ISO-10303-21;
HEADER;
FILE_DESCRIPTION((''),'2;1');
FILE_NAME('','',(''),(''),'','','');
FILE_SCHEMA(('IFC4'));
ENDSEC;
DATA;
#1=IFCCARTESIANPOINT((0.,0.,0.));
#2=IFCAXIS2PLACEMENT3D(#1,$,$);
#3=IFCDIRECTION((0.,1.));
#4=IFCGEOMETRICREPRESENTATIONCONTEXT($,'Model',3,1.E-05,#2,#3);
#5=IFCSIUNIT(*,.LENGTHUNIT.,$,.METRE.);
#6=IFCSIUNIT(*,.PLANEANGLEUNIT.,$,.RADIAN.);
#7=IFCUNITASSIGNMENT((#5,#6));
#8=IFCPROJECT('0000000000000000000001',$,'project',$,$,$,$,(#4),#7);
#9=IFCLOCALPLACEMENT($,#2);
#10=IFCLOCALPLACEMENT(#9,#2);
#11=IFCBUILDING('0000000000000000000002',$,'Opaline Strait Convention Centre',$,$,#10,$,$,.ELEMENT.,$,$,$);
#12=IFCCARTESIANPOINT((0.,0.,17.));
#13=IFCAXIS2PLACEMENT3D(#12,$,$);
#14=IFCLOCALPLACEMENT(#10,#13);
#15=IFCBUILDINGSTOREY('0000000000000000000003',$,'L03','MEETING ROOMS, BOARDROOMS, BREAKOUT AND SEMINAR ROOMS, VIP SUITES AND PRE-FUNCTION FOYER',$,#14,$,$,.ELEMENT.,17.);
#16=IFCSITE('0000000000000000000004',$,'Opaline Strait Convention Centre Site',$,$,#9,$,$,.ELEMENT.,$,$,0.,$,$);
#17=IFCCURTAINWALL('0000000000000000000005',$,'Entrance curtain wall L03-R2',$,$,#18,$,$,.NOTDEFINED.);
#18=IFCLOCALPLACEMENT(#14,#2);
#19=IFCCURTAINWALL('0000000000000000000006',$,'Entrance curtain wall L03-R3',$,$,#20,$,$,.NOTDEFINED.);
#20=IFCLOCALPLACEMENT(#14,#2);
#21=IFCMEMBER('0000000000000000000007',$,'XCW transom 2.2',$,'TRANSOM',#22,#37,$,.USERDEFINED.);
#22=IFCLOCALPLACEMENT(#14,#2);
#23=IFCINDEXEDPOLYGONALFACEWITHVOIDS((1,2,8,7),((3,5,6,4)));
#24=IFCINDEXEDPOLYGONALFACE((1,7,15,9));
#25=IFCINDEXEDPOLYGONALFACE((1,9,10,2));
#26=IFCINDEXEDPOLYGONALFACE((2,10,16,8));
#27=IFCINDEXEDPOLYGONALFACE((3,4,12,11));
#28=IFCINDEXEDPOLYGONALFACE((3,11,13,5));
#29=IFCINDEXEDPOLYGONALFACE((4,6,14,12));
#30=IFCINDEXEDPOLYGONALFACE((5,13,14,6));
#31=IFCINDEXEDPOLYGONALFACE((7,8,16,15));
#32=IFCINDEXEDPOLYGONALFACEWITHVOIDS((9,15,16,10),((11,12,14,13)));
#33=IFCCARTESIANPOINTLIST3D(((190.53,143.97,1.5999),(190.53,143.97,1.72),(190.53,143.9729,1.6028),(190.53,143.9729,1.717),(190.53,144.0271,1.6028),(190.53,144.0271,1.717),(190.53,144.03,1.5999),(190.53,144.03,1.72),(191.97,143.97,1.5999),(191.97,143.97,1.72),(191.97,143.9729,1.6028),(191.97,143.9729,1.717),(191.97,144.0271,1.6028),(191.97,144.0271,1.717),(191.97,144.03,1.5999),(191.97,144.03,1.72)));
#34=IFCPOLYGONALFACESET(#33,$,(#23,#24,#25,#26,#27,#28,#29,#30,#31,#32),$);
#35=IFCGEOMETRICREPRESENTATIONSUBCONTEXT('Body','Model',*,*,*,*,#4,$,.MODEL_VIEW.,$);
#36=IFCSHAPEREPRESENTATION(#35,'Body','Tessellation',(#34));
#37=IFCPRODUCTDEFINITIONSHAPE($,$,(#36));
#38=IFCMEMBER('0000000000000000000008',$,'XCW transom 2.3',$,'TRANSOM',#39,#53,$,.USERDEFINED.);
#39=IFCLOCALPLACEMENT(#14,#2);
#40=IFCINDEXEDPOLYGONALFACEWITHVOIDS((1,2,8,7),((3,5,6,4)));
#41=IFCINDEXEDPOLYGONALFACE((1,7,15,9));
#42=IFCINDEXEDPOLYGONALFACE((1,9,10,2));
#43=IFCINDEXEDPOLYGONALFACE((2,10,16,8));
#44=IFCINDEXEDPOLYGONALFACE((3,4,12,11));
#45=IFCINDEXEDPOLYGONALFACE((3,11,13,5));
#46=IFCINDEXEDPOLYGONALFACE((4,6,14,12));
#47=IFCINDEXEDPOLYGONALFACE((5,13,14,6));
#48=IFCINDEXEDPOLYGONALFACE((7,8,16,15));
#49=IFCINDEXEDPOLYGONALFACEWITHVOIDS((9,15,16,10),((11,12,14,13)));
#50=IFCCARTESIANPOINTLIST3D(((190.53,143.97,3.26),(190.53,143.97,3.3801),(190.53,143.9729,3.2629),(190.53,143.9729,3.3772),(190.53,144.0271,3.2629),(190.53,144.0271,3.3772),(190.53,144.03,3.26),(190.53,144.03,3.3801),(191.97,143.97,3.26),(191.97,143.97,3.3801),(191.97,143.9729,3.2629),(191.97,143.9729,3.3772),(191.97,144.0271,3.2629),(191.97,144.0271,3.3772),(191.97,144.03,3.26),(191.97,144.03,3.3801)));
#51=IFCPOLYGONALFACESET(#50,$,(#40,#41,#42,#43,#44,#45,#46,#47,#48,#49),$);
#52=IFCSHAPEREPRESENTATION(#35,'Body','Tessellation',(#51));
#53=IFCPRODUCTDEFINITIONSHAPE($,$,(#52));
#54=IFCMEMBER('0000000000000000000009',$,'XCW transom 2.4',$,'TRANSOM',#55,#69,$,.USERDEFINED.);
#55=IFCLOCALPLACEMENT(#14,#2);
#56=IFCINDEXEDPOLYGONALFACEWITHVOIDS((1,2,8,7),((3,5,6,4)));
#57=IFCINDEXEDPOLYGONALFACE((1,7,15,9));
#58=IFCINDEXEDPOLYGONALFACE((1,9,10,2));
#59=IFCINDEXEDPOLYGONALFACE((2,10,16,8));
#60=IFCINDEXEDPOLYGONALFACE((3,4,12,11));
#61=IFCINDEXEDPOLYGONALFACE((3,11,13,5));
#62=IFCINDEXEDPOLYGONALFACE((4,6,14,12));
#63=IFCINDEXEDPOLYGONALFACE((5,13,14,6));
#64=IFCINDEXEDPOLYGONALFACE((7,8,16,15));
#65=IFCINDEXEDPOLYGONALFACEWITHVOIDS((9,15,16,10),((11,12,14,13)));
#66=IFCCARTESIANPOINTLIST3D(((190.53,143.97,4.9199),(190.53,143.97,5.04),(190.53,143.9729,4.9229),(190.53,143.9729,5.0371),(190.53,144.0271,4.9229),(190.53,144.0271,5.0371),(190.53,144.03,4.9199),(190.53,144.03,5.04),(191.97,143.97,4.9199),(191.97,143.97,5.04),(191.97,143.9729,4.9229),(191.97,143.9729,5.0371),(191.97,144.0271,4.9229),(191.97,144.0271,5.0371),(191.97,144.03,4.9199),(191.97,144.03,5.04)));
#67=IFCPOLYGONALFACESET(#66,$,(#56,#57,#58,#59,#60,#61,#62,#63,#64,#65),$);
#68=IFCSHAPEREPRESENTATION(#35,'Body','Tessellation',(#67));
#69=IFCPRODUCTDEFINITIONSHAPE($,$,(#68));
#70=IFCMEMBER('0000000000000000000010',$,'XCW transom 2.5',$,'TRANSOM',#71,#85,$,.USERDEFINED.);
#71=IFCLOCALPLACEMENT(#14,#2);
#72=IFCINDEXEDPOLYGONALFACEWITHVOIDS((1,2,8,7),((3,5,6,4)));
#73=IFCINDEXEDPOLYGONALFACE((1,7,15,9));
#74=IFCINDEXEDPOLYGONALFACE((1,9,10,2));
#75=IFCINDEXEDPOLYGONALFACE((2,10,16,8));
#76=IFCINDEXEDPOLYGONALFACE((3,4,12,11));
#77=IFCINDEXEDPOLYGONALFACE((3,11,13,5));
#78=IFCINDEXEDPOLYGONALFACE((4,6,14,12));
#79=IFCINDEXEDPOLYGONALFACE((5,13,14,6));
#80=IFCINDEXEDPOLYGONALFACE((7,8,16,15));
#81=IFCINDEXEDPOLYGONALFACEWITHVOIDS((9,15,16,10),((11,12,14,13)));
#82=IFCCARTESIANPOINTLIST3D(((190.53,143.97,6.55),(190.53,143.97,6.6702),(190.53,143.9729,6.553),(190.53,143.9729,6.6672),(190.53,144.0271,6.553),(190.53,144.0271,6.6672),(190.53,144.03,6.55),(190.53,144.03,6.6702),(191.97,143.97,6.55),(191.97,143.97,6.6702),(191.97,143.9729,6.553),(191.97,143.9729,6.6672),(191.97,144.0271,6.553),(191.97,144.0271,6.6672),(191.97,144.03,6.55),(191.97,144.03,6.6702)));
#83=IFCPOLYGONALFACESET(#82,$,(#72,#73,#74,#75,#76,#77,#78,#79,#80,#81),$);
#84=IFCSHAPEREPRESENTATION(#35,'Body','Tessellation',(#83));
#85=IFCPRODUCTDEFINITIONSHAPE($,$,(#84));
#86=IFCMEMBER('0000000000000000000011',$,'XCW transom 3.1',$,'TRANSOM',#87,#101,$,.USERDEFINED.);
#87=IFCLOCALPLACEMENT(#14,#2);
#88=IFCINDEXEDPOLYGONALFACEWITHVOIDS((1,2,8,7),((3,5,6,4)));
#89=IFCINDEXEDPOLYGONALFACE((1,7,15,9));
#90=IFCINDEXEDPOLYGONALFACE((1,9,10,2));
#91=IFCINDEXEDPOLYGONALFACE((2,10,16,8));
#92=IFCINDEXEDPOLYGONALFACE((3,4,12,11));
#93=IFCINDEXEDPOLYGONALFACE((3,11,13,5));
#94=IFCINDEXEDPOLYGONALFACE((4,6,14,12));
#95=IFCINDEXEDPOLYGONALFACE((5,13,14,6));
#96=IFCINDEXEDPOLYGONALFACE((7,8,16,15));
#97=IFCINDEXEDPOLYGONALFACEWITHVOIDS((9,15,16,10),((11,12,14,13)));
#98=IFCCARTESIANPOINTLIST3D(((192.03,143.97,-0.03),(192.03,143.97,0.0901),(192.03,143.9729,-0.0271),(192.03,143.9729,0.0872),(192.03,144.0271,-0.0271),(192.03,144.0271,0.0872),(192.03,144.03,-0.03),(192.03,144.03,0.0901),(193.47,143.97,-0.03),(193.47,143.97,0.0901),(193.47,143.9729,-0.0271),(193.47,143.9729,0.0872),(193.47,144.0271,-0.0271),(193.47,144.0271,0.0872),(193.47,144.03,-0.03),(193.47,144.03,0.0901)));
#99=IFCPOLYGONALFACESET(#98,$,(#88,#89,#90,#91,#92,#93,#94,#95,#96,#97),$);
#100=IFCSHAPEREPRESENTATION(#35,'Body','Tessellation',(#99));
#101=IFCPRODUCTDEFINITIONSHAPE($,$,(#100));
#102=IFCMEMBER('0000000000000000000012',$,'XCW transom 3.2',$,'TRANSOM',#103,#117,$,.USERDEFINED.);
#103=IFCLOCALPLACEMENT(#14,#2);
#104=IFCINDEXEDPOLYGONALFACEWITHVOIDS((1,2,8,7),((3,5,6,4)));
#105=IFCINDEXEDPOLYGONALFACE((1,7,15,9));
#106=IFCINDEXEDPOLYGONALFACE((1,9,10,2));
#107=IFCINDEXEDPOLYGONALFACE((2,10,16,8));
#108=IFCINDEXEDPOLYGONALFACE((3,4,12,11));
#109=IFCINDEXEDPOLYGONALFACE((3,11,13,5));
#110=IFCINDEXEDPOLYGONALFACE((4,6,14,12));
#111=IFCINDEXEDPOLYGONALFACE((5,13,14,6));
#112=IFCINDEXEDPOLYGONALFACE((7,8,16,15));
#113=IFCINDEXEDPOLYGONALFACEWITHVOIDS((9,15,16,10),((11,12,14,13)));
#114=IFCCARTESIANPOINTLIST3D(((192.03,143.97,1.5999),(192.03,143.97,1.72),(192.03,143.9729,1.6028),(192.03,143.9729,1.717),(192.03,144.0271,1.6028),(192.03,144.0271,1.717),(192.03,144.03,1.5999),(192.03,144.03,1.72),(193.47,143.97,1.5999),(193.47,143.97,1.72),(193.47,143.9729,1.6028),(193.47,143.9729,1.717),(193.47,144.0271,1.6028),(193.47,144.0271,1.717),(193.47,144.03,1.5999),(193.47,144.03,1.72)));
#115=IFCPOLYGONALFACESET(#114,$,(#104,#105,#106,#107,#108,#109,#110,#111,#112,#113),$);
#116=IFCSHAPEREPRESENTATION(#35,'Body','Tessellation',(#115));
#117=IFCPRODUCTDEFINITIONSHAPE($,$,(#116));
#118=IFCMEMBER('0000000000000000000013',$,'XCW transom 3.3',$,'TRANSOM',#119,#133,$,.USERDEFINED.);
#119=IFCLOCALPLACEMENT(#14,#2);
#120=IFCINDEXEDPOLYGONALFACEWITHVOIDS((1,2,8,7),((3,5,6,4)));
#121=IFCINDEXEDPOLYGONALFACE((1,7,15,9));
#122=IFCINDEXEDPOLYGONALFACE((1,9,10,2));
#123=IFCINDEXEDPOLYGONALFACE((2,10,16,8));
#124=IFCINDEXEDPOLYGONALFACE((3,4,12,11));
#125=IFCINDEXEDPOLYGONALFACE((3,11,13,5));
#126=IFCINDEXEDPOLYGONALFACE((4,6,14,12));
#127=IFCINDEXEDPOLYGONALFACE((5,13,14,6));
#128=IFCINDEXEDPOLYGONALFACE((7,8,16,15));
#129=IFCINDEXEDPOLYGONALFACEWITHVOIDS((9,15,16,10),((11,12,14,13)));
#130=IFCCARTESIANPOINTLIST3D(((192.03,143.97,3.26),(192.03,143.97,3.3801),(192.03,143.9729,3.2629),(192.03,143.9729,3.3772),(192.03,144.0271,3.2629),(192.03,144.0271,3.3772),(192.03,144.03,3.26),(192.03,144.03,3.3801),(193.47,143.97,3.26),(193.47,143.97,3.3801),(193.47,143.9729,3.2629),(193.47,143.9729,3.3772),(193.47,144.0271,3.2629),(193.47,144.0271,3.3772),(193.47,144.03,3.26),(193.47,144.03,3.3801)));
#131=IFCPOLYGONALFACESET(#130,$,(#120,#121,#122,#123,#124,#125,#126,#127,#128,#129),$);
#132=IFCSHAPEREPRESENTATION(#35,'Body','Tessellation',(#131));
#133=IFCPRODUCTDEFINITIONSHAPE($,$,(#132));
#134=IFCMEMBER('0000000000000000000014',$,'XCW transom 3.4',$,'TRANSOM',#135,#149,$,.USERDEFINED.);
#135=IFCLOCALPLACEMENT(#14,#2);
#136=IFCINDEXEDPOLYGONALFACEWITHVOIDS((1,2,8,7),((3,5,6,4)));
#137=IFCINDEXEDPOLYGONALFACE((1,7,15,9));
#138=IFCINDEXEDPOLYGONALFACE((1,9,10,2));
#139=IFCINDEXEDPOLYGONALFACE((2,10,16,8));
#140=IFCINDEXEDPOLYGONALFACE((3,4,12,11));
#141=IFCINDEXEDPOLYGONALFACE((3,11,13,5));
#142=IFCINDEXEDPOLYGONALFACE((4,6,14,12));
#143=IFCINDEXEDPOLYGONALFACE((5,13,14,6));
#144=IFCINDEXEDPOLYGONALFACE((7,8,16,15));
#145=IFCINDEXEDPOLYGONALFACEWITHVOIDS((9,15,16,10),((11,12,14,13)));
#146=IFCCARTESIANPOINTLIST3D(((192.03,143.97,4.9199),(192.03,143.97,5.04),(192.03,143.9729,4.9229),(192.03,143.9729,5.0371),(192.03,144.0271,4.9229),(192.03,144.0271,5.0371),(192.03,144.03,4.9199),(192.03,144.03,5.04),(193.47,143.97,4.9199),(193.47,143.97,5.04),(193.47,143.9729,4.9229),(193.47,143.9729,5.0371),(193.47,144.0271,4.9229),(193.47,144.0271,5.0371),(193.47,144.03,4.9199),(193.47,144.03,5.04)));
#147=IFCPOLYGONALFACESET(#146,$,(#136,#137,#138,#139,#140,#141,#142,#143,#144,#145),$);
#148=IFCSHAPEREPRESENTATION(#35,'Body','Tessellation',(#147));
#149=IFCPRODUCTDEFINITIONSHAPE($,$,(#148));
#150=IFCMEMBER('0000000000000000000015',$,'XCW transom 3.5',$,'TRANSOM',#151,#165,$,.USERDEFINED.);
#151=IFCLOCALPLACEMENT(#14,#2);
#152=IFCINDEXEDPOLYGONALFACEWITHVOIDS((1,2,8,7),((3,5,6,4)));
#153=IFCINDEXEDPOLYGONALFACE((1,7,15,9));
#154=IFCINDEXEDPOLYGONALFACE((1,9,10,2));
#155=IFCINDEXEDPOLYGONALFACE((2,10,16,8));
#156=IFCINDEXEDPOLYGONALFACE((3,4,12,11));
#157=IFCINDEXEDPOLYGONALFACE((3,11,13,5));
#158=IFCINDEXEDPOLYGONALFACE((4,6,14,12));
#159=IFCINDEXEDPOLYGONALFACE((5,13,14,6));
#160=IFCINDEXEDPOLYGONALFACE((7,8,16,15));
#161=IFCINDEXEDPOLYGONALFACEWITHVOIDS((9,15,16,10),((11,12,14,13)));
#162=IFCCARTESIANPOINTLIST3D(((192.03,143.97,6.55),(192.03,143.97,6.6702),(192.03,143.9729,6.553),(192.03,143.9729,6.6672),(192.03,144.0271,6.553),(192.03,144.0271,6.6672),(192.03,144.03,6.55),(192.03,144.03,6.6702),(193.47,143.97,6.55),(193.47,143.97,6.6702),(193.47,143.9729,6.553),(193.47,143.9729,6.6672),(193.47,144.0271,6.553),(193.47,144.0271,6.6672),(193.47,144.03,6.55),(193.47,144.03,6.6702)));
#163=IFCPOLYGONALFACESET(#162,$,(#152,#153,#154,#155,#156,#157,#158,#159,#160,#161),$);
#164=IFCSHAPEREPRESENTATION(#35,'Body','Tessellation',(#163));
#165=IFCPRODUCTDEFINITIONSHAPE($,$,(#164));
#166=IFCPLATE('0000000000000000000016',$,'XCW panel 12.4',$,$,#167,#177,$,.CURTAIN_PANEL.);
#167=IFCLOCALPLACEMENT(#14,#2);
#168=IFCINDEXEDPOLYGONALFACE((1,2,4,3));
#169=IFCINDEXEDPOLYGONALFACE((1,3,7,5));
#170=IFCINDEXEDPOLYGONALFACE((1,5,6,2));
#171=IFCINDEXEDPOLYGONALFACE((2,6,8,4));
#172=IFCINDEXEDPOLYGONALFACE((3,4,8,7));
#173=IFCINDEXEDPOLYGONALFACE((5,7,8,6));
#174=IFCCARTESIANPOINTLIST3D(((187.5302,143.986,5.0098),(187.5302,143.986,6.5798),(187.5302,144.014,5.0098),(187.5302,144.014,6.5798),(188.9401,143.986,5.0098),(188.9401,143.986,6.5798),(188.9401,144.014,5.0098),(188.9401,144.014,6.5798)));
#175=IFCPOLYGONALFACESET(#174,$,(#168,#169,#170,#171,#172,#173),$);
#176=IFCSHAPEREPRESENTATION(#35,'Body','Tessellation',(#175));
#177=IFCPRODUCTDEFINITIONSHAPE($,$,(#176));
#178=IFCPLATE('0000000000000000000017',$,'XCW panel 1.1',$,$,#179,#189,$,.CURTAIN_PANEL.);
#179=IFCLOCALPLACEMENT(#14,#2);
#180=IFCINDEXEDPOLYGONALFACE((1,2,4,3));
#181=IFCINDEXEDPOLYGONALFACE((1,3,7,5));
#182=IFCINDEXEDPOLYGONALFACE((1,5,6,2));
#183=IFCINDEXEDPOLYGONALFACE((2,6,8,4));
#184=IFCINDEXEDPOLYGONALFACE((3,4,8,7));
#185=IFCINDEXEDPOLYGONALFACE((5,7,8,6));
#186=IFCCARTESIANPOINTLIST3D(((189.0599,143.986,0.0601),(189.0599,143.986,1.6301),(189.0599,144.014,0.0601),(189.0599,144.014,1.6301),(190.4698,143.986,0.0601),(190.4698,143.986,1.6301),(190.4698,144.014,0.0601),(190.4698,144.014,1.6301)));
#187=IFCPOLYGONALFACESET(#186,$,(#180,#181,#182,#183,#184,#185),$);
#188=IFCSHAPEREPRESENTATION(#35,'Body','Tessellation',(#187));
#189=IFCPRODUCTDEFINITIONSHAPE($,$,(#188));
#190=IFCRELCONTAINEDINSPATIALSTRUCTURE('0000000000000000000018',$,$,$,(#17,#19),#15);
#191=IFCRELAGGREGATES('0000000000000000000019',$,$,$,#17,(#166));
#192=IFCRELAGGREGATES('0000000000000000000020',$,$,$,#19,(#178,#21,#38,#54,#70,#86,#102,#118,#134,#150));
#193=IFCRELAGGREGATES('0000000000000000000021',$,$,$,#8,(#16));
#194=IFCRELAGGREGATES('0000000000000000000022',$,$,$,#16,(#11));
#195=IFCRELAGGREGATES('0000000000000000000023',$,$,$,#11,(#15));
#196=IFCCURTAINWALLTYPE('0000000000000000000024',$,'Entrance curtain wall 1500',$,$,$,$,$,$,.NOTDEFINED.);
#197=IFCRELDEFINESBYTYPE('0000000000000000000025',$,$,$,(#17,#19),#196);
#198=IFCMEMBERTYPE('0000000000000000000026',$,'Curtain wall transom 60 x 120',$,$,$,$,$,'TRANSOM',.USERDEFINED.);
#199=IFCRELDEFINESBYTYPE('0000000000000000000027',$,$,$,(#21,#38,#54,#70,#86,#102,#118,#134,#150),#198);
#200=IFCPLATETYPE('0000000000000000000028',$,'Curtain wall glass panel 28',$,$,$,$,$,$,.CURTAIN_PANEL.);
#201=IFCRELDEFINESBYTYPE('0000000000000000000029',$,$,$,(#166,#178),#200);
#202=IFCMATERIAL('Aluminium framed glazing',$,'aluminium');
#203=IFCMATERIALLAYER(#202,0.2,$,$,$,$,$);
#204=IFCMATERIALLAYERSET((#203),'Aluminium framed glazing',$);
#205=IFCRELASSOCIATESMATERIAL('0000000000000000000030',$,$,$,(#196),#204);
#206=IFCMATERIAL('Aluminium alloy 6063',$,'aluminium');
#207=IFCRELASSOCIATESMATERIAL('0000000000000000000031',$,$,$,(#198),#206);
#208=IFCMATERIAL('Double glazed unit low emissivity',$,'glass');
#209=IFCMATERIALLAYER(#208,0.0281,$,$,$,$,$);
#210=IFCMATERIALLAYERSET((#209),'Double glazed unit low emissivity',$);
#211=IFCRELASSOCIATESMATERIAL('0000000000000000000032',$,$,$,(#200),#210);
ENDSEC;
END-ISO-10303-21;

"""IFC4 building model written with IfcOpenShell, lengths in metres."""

from ifc_helpers import new_model, si_unit, direction, frame, origin, origin_2d, place, context, subcontext, project, spatial, rectangle, hollow_rectangle, extrude, material, layer, layer_set, material_profile, profile_set, type_object, element, aggregate, save


model = new_model("IFC4")

# Units and contexts
model_context = context("Model", 3, precision=1e-05, world=origin(), true_north=direction((0.0, 1.0)))
body_context = subcontext(model_context, "Body", "Model", "MODEL_VIEW")
ifc_project = project(units=[si_unit("LENGTHUNIT", "METRE"), si_unit("PLANEANGLEUNIT", "RADIAN")], contexts=[model_context])

# Site, building, storey
site_placement = place(None, origin())
site = spatial("IfcSite", under=ifc_project, at=site_placement, Name="Opaline Strait Convention Centre Site", CompositionType="ELEMENT", RefElevation=0.0)
building_placement = place(site_placement, origin())
building = spatial("IfcBuilding", under=site, at=building_placement, Name="Opaline Strait Convention Centre", CompositionType="ELEMENT")
storey_placement = place(building_placement, frame((0.0, 0.0, 17.0)))
storey = spatial("IfcBuildingStorey", under=building, at=storey_placement, Name="L03", Description="MEETING ROOMS, BOARDROOMS, BREAKOUT AND SEMINAR ROOMS, VIP SUITES AND PRE-FUNCTION FOYER", CompositionType="ELEMENT", Elevation=17.0)

# Curtain wall
ifc_material_1 = material(Name="Aluminium framed glazing", Category="aluminium")
ifc_layer_1 = layer(ifc_material_1, 0.2)
ifc_layer_set_1 = layer_set([ifc_layer_1], Name="Aluminium framed glazing")
curtain_wall_type = type_object("IfcCurtainWallType", Name="Entrance curtain wall 1500", PredefinedType="NOTDEFINED", material=ifc_layer_set_1)
curtain_wall_1_placement = place(storey_placement, origin())
curtain_wall_1 = element("IfcCurtainWall", 1, at=curtain_wall_1_placement, inside=storey, type_object=curtain_wall_type, Name="Entrance curtain wall L03-R2", PredefinedType="NOTDEFINED")
ifc_material_2 = material(Name="Aluminium alloy 6063", Category="aluminium")

# Curtain wall, members
curtain_wall_2_placement = place(storey_placement, origin())
curtain_wall_2 = element("IfcCurtainWall", 2, at=curtain_wall_2_placement, inside=storey, type_object=curtain_wall_type, Name="Entrance curtain wall L03-R3", PredefinedType="NOTDEFINED")
ifc_material_profile_1 = material_profile(ifc_material_2, hollow_rectangle(XDim=0.0601, YDim=0.1201, WallThickness=0.0029, at=origin_2d()), Name="TRANSOM 60x120x3")
ifc_profile_set_1 = profile_set([ifc_material_profile_1], Name="Aluminium alloy 6063")
member_type_1 = type_object("IfcMemberType", Name="Curtain wall transom 60 x 120", ElementType="TRANSOM", PredefinedType="USERDEFINED", material=ifc_profile_set_1)
member_1_placement = place(storey_placement, frame((190.53, 144.0, 1.6599), z_axis=(1.0, 0.0, 0.0), x_axis=(0.0, 1.0, 0.0)))
member_1 = element("IfcMember", 3, at=member_1_placement, type_object=member_type_1, Name="XCW transom 2.2", ObjectType="TRANSOM", PredefinedType="USERDEFINED", context=body_context, shape_type="SweptSolid", body=[
    extrude(hollow_rectangle(XDim=0.0601, YDim=0.1201, WallThickness=0.0029, at=origin_2d()), origin(), (0.0, 0.0, 1.0), 1.4399),
])
member_2_placement = place(storey_placement, frame((190.53, 144.0, 3.3201), z_axis=(1.0, 0.0, 0.0), x_axis=(0.0, 1.0, 0.0)))
member_2 = element("IfcMember", 4, at=member_2_placement, type_object=member_type_1, Name="XCW transom 2.3", ObjectType="TRANSOM", PredefinedType="USERDEFINED", context=body_context, shape_type="SweptSolid", body=[
    extrude(hollow_rectangle(XDim=0.0601, YDim=0.1201, WallThickness=0.0029, at=origin_2d()), origin(), (0.0, 0.0, 1.0), 1.4399),
])
member_3_placement = place(storey_placement, frame((190.53, 144.0, 4.98), z_axis=(1.0, 0.0, 0.0), x_axis=(0.0, 1.0, 0.0)))
member_3 = element("IfcMember", 5, at=member_3_placement, type_object=member_type_1, Name="XCW transom 2.4", ObjectType="TRANSOM", PredefinedType="USERDEFINED", context=body_context, shape_type="SweptSolid", body=[
    extrude(hollow_rectangle(XDim=0.0601, YDim=0.1201, WallThickness=0.0029, at=origin_2d()), origin(), (0.0, 0.0, 1.0), 1.4399),
])
member_4_placement = place(storey_placement, frame((190.53, 144.0, 6.6101), z_axis=(1.0, 0.0, 0.0), x_axis=(0.0, 1.0, 0.0)))
member_4 = element("IfcMember", 6, at=member_4_placement, type_object=member_type_1, Name="XCW transom 2.5", ObjectType="TRANSOM", PredefinedType="USERDEFINED", context=body_context, shape_type="SweptSolid", body=[
    extrude(hollow_rectangle(XDim=0.0601, YDim=0.1201, WallThickness=0.0029, at=origin_2d()), origin(), (0.0, 0.0, 1.0), 1.4399),
])
member_5_placement = place(storey_placement, frame((192.03, 144.0, 0.03), z_axis=(1.0, 0.0, 0.0), x_axis=(0.0, 1.0, 0.0)))
member_5 = element("IfcMember", 7, at=member_5_placement, type_object=member_type_1, Name="XCW transom 3.1", ObjectType="TRANSOM", PredefinedType="USERDEFINED", context=body_context, shape_type="SweptSolid", body=[
    extrude(hollow_rectangle(XDim=0.0601, YDim=0.1201, WallThickness=0.0029, at=origin_2d()), origin(), (0.0, 0.0, 1.0), 1.4399),
])
member_6_placement = place(storey_placement, frame((192.03, 144.0, 1.6599), z_axis=(1.0, 0.0, 0.0), x_axis=(0.0, 1.0, 0.0)))
member_6 = element("IfcMember", 8, at=member_6_placement, type_object=member_type_1, Name="XCW transom 3.2", ObjectType="TRANSOM", PredefinedType="USERDEFINED", context=body_context, shape_type="SweptSolid", body=[
    extrude(hollow_rectangle(XDim=0.0601, YDim=0.1201, WallThickness=0.0029, at=origin_2d()), origin(), (0.0, 0.0, 1.0), 1.4399),
])
member_7_placement = place(storey_placement, frame((192.03, 144.0, 3.3201), z_axis=(1.0, 0.0, 0.0), x_axis=(0.0, 1.0, 0.0)))
member_7 = element("IfcMember", 9, at=member_7_placement, type_object=member_type_1, Name="XCW transom 3.3", ObjectType="TRANSOM", PredefinedType="USERDEFINED", context=body_context, shape_type="SweptSolid", body=[
    extrude(hollow_rectangle(XDim=0.0601, YDim=0.1201, WallThickness=0.0029, at=origin_2d()), origin(), (0.0, 0.0, 1.0), 1.4399),
])
member_8_placement = place(storey_placement, frame((192.03, 144.0, 4.98), z_axis=(1.0, 0.0, 0.0), x_axis=(0.0, 1.0, 0.0)))
member_8 = element("IfcMember", 10, at=member_8_placement, type_object=member_type_1, Name="XCW transom 3.4", ObjectType="TRANSOM", PredefinedType="USERDEFINED", context=body_context, shape_type="SweptSolid", body=[
    extrude(hollow_rectangle(XDim=0.0601, YDim=0.1201, WallThickness=0.0029, at=origin_2d()), origin(), (0.0, 0.0, 1.0), 1.4399),
])
member_9_placement = place(storey_placement, frame((192.03, 144.0, 6.6101), z_axis=(1.0, 0.0, 0.0), x_axis=(0.0, 1.0, 0.0)))
member_9 = element("IfcMember", 11, at=member_9_placement, type_object=member_type_1, Name="XCW transom 3.5", ObjectType="TRANSOM", PredefinedType="USERDEFINED", context=body_context, shape_type="SweptSolid", body=[
    extrude(hollow_rectangle(XDim=0.0601, YDim=0.1201, WallThickness=0.0029, at=origin_2d()), origin(), (0.0, 0.0, 1.0), 1.4399),
])

# Plates
ifc_material_3 = material(Name="Double glazed unit low emissivity", Category="glass")
ifc_layer_2 = layer(ifc_material_3, 0.0281)
ifc_layer_set_2 = layer_set([ifc_layer_2], Name="Double glazed unit low emissivity")
plate_type = type_object("IfcPlateType", Name="Curtain wall glass panel 28", PredefinedType="CURTAIN_PANEL", material=ifc_layer_set_2)
plate_1_placement = place(storey_placement, frame((188.2351, 144.0, 5.0098), z_axis=(0.0, 0.0, 1.0), x_axis=(1.0, 0.0, 0.0)))
plate_1 = element("IfcPlate", 12, at=plate_1_placement, type_object=plate_type, Name="XCW panel 12.4", PredefinedType="CURTAIN_PANEL", context=body_context, shape_type="SweptSolid", body=[
    extrude(rectangle(XDim=1.4099, YDim=0.0281, at=origin_2d()), origin(), (0.0, 0.0, 1.0), 1.5701),
])
aggregate(curtain_wall_1, [plate_1])
plate_2_placement = place(storey_placement, frame((189.7649, 144.0, 0.0601), z_axis=(0.0, 0.0, 1.0), x_axis=(1.0, 0.0, 0.0)))
plate_2 = element("IfcPlate", 13, at=plate_2_placement, type_object=plate_type, Name="XCW panel 1.1", PredefinedType="CURTAIN_PANEL", context=body_context, shape_type="SweptSolid", body=[
    extrude(rectangle(XDim=1.4099, YDim=0.0281, at=origin_2d()), origin(), (0.0, 0.0, 1.0), 1.5701),
])
aggregate(curtain_wall_2, [plate_2, member_1, member_2, member_3, member_4, member_5, member_6, member_7, member_8, member_9])

save(model, "model.ifc")
